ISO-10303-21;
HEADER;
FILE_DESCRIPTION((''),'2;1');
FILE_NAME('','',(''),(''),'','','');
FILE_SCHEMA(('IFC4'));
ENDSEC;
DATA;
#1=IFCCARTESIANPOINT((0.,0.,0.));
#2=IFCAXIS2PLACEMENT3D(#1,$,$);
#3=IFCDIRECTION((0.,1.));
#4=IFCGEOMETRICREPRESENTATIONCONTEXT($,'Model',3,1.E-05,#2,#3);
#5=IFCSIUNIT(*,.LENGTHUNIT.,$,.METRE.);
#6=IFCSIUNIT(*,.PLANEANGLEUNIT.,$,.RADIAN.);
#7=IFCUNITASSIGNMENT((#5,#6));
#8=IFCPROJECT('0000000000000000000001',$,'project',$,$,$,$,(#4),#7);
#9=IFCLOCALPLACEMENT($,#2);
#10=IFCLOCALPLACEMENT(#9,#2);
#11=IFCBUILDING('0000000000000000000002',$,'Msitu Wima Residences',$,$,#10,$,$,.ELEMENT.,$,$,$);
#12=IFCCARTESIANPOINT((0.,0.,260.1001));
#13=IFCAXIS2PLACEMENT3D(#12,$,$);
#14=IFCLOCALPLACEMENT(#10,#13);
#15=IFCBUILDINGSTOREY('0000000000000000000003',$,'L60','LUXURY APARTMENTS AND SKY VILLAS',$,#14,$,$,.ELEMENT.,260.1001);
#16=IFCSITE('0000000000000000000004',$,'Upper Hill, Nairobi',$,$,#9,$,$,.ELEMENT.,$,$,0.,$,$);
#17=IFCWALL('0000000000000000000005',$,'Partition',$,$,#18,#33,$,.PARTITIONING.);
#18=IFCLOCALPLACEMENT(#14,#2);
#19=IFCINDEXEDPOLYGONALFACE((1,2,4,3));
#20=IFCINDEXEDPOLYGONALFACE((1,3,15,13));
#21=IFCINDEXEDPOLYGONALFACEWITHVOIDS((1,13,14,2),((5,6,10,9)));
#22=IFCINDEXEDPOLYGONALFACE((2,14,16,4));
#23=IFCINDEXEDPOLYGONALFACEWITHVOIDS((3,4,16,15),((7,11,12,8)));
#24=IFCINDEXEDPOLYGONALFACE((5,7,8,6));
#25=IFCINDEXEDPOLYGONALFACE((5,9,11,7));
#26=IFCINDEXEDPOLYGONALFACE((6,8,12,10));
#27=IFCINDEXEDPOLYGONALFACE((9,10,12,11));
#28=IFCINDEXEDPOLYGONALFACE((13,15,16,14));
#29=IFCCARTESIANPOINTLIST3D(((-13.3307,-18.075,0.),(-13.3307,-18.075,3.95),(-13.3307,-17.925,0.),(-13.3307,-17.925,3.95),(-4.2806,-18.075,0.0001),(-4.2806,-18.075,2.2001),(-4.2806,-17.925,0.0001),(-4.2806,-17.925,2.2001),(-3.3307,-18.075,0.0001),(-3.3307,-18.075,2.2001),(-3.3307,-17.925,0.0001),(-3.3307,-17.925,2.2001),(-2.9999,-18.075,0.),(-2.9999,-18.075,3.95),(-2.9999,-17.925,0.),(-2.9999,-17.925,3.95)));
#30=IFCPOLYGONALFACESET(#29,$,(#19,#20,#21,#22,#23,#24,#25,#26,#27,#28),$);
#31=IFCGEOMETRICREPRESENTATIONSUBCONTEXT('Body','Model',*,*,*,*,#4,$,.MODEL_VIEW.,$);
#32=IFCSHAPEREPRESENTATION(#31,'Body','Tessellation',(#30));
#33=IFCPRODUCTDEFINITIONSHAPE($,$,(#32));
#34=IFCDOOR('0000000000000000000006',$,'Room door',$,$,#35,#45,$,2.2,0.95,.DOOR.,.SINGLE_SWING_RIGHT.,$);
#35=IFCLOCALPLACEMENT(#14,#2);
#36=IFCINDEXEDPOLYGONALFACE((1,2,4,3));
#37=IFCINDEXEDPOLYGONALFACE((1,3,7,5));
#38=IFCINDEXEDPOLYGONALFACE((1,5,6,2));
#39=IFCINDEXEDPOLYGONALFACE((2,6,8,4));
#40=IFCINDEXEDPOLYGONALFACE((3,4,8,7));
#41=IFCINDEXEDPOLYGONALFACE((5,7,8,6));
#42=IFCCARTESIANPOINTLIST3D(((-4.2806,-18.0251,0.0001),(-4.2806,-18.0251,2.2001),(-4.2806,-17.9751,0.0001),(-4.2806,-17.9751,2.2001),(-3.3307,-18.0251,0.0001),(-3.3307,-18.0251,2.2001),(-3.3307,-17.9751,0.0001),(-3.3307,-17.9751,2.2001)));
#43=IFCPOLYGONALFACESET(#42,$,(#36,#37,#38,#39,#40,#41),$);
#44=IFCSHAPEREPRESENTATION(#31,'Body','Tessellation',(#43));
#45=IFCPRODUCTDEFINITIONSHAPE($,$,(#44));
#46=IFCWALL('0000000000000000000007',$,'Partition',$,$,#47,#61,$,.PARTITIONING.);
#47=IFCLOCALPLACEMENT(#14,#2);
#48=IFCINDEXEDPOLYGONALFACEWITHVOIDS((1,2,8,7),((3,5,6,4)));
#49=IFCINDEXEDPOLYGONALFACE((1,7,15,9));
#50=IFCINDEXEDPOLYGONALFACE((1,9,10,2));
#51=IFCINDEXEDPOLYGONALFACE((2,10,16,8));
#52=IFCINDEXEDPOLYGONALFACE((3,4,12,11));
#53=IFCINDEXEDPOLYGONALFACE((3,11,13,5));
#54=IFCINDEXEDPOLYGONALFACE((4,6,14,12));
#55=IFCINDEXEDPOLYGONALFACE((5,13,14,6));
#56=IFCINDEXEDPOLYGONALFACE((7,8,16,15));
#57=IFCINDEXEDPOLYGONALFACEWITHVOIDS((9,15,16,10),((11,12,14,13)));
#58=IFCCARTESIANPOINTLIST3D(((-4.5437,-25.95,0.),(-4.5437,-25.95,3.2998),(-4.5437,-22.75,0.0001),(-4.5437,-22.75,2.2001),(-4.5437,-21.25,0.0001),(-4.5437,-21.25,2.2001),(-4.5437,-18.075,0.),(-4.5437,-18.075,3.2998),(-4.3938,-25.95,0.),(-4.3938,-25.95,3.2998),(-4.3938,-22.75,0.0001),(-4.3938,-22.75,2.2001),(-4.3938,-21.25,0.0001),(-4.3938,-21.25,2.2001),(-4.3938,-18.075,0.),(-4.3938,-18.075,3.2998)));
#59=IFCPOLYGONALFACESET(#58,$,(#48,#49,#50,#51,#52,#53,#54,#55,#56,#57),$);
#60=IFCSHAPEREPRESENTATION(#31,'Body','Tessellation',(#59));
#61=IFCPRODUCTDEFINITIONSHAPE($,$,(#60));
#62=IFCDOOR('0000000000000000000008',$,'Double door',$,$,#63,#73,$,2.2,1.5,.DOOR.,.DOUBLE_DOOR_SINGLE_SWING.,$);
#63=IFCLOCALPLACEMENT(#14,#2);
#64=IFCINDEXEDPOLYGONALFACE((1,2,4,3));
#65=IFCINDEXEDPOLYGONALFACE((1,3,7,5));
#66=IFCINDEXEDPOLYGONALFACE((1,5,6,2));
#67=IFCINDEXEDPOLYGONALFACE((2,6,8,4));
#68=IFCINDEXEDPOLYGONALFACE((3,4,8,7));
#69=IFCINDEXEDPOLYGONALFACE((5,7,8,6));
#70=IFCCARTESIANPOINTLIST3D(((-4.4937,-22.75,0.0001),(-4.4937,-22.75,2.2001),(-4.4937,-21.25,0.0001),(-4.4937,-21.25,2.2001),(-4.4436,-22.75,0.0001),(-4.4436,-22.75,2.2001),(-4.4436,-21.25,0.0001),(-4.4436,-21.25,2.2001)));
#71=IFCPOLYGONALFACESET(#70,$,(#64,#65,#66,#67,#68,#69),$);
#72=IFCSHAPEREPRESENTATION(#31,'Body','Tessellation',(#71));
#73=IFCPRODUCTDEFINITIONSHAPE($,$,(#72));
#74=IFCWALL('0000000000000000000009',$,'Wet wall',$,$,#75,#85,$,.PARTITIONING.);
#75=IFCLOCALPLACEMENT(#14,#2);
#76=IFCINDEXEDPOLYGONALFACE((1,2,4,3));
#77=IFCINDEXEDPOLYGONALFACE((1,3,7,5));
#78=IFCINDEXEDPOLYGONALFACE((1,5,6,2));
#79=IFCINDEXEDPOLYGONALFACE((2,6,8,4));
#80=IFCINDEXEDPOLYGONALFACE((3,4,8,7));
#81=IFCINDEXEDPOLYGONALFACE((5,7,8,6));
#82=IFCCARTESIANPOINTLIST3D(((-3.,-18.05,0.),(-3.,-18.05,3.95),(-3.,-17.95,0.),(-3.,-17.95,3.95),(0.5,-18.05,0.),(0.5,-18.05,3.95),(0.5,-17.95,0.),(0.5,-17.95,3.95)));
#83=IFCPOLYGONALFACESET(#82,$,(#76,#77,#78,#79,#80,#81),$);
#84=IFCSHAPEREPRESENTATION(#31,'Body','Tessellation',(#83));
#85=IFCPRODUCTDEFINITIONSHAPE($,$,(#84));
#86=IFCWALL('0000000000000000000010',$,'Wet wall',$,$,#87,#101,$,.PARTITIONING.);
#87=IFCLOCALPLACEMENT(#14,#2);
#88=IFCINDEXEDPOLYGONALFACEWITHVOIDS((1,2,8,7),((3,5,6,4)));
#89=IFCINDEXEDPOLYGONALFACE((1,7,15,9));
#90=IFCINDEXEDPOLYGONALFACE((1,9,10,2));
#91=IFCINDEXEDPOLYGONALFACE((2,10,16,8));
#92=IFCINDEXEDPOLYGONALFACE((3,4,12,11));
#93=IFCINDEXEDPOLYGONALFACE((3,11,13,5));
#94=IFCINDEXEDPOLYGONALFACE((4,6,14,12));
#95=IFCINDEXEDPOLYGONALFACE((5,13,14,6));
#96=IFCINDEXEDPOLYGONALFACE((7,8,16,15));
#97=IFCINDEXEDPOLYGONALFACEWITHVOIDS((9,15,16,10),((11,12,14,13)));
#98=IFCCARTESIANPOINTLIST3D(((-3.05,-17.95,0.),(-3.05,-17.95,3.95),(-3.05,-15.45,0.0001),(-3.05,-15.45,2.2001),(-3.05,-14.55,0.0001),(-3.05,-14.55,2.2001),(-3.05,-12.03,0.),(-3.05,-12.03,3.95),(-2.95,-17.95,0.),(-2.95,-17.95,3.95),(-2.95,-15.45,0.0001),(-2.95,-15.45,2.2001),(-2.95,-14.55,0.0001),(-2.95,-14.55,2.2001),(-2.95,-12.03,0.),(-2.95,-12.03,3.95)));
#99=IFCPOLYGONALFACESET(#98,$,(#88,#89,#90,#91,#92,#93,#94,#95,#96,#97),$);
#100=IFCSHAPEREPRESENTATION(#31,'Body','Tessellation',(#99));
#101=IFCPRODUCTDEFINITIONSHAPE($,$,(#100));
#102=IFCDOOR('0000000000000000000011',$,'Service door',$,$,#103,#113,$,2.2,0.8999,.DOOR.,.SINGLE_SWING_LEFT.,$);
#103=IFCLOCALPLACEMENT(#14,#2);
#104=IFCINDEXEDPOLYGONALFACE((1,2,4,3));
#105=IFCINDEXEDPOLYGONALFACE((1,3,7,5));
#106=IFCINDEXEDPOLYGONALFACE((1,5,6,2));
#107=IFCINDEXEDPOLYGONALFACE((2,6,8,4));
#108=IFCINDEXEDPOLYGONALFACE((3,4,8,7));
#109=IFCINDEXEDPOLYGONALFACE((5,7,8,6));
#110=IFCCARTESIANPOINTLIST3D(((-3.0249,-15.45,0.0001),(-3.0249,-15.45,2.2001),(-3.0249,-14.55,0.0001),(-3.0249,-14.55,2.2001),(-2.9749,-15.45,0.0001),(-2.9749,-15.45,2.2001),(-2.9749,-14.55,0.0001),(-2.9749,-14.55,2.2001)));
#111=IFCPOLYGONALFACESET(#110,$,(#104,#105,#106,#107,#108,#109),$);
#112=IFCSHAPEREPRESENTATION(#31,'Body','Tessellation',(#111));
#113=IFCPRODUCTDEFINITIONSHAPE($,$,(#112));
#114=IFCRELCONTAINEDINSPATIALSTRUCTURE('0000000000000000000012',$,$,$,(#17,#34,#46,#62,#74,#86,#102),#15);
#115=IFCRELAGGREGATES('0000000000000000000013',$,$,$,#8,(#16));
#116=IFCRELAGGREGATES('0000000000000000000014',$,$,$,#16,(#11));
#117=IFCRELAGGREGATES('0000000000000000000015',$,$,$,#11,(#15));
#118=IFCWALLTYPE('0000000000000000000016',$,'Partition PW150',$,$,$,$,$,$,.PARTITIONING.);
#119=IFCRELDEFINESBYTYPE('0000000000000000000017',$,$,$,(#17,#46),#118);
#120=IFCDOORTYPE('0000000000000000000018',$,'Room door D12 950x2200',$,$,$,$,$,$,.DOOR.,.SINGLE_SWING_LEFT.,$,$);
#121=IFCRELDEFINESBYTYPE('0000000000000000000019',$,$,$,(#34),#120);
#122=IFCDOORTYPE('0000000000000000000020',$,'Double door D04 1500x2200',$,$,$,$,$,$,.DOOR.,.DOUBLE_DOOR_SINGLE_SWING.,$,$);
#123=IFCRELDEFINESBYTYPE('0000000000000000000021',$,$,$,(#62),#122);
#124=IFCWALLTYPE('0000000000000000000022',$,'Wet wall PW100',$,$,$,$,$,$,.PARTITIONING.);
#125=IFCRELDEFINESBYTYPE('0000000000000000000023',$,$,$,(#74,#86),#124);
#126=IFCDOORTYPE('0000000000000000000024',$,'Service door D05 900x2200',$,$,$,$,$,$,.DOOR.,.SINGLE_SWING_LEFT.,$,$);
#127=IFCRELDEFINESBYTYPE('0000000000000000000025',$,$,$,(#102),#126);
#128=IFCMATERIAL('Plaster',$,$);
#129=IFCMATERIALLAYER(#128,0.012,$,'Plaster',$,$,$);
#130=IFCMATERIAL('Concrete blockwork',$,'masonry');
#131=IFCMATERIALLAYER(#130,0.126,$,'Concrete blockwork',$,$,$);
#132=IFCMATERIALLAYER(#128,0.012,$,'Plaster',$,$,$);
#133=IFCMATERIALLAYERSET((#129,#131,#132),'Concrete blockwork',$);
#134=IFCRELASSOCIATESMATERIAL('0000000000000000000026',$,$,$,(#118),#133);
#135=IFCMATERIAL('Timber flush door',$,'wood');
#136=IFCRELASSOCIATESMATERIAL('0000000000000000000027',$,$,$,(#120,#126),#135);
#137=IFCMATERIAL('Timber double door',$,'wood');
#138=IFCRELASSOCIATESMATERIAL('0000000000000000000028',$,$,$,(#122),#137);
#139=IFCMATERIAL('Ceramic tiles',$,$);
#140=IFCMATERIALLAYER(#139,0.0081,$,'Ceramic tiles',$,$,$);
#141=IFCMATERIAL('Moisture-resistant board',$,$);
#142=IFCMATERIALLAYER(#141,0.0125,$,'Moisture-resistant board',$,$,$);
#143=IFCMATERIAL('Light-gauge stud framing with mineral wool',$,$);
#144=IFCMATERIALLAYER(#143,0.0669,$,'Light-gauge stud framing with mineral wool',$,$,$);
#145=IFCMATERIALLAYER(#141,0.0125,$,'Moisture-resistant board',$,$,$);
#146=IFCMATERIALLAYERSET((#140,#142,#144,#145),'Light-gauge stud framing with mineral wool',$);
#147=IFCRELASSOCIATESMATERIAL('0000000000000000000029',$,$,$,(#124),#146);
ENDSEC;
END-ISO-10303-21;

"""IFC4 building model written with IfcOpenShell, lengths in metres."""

from ifc_helpers import new_model, si_unit, direction, frame, frame_2d, origin, place, context, subcontext, project, spatial, rectangle, extrude, material, layer, layer_set, type_object, element, fill, save


model = new_model("IFC4")

# Units and contexts
model_context = context("Model", 3, precision=1e-05, world=origin(), true_north=direction((0.0, 1.0)))
body_context = subcontext(model_context, "Body", "Model", "MODEL_VIEW")
ifc_project = project(units=[si_unit("LENGTHUNIT", "METRE"), si_unit("PLANEANGLEUNIT", "RADIAN")], contexts=[model_context])

# Site, building, storey
site_placement = place(None, origin())
site = spatial("IfcSite", under=ifc_project, at=site_placement, Name="Upper Hill, Nairobi", CompositionType="ELEMENT", RefElevation=0.0)
building_placement = place(site_placement, origin())
building = spatial("IfcBuilding", under=site, at=building_placement, Name="Msitu Wima Residences", CompositionType="ELEMENT")
storey_placement = place(building_placement, frame((0.0, 0.0, 260.1001)))
storey = spatial("IfcBuildingStorey", under=building, at=storey_placement, Name="L60", Description="LUXURY APARTMENTS AND SKY VILLAS", CompositionType="ELEMENT", Elevation=260.1001)

# Shared definitions
ifc_material_1 = material(Name="Plaster")
ifc_layer_1 = layer(ifc_material_1, 0.012, Name="Plaster")
ifc_material_2 = material(Name="Concrete blockwork", Category="masonry")
ifc_layer_2 = layer(ifc_material_2, 0.126, Name="Concrete blockwork")
ifc_layer_3 = layer(ifc_material_1, 0.012, Name="Plaster")
ifc_layer_set_1 = layer_set([ifc_layer_1, ifc_layer_2, ifc_layer_3], Name="Concrete blockwork")
wall_type_1 = type_object("IfcWallType", Name="Partition PW150", PredefinedType="PARTITIONING", material=ifc_layer_set_1)
ifc_material_3 = material(Name="Timber flush door", Category="wood")
door_type_1 = type_object("IfcDoorType", Name="Room door D12 950x2200", OperationType="SINGLE_SWING_LEFT", PredefinedType="DOOR", material=ifc_material_3)

# Walls, openings, doors
wall_1_placement = place(storey_placement, frame((-13.3308, -18.0, 0.0), z_axis=(0.0, 0.0, 1.0), x_axis=(1.0, 0.0, 0.0)))
wall_1 = element("IfcWall", 1, at=wall_1_placement, inside=storey, type_object=wall_type_1, Name="Partition", PredefinedType="PARTITIONING", context=body_context, shape_type="SweptSolid", body=[
    extrude(rectangle(XDim=10.3308, YDim=0.1499, at=frame_2d((5.1655, 0.0))), origin(), (0.0, 0.0, 1.0), 3.95),
])
opening_1_placement = place(wall_1_placement, frame((9.05, 0.0, 0.0)))
opening_1 = element("IfcOpeningElement", 2, at=opening_1_placement, cuts=wall_1, PredefinedType="OPENING", context=body_context, shape_type="SweptSolid", body=[
    extrude(rectangle(XDim=0.95, YDim=2.2, at=frame_2d((0.4751, 1.1001))), frame((0.0, 0.085, 0.0), z_axis=(0.0, -1.0, 0.0), x_axis=(1.0, 0.0, 0.0)), (0.0, 0.0, 1.0), 0.1699),
])
door_1_placement = place(opening_1_placement, origin())
door_1 = element("IfcDoor", 3, at=door_1_placement, inside=storey, type_object=door_type_1, Name="Room door", OperationType="SINGLE_SWING_RIGHT", OverallHeight=2.2, OverallWidth=0.95, PredefinedType="DOOR", context=body_context, shape_type="SweptSolid", body=[
    extrude(rectangle(XDim=0.95, YDim=2.2, at=frame_2d((0.4751, 1.1001))), frame((0.0, 0.0249, 0.0), z_axis=(0.0, -1.0, 0.0), x_axis=(1.0, 0.0, 0.0)), (0.0, 0.0, 1.0), 0.05),
])
fill(opening_1, door_1)
wall_2_placement = place(storey_placement, frame((-4.4688, -25.95, 0.0), z_axis=(0.0, 0.0, 1.0), x_axis=(0.0, 1.0, 0.0)))
wall_2 = element("IfcWall", 4, at=wall_2_placement, inside=storey, type_object=wall_type_1, Name="Partition", PredefinedType="PARTITIONING", context=body_context, shape_type="SweptSolid", body=[
    extrude(rectangle(XDim=7.875, YDim=0.1499, at=frame_2d((3.9375, 0.0))), origin(), (0.0, 0.0, 1.0), 3.2998),
])
opening_2_placement = place(wall_2_placement, frame((3.2, 0.0, 0.0)))
opening_2 = element("IfcOpeningElement", 5, at=opening_2_placement, cuts=wall_2, PredefinedType="OPENING", context=body_context, shape_type="SweptSolid", body=[
    extrude(rectangle(XDim=1.5, YDim=2.2, at=frame_2d((0.75, 1.1001))), frame((0.0, 0.085, 0.0), z_axis=(0.0, -1.0, 0.0), x_axis=(1.0, 0.0, 0.0)), (0.0, 0.0, 1.0), 0.1699),
])
ifc_material_4 = material(Name="Timber double door", Category="wood")
door_type_2 = type_object("IfcDoorType", Name="Double door D04 1500x2200", OperationType="DOUBLE_DOOR_SINGLE_SWING", PredefinedType="DOOR", material=ifc_material_4)
door_2_placement = place(opening_2_placement, origin())
door_2 = element("IfcDoor", 6, at=door_2_placement, inside=storey, type_object=door_type_2, Name="Double door", OperationType="DOUBLE_DOOR_SINGLE_SWING", OverallHeight=2.2, OverallWidth=1.5, PredefinedType="DOOR", context=body_context, shape_type="SweptSolid", body=[
    extrude(rectangle(XDim=1.5, YDim=2.2, at=frame_2d((0.75, 1.1001))), frame((0.0, 0.0249, 0.0), z_axis=(0.0, -1.0, 0.0), x_axis=(1.0, 0.0, 0.0)), (0.0, 0.0, 1.0), 0.05),
])
fill(opening_2, door_2)

# Wall
ifc_material_5 = material(Name="Ceramic tiles")
ifc_layer_4 = layer(ifc_material_5, 0.0081, Name="Ceramic tiles")
ifc_material_6 = material(Name="Moisture-resistant board")
ifc_layer_5 = layer(ifc_material_6, 0.0125, Name="Moisture-resistant board")
ifc_material_7 = material(Name="Light-gauge stud framing with mineral wool")
ifc_layer_6 = layer(ifc_material_7, 0.0669, Name="Light-gauge stud framing with mineral wool")
ifc_layer_7 = layer(ifc_material_6, 0.0125, Name="Moisture-resistant board")
ifc_layer_set_2 = layer_set([ifc_layer_4, ifc_layer_5, ifc_layer_6, ifc_layer_7], Name="Light-gauge stud framing with mineral wool")
wall_type_2 = type_object("IfcWallType", Name="Wet wall PW100", PredefinedType="PARTITIONING", material=ifc_layer_set_2)
wall_3_placement = place(storey_placement, frame((-3.0, -18.0, 0.0), z_axis=(0.0, 0.0, 1.0), x_axis=(1.0, 0.0, 0.0)))
element("IfcWall", 7, at=wall_3_placement, inside=storey, type_object=wall_type_2, Name="Wet wall", PredefinedType="PARTITIONING", context=body_context, shape_type="SweptSolid", body=[
    extrude(rectangle(XDim=3.5, YDim=0.1001, at=frame_2d((1.75, 0.0))), origin(), (0.0, 0.0, 1.0), 3.95),
])

# Wall, opening, door
wall_4_placement = place(storey_placement, frame((-3.0, -17.95, 0.0), z_axis=(0.0, 0.0, 1.0), x_axis=(0.0, 1.0, 0.0)))
wall_4 = element("IfcWall", 8, at=wall_4_placement, inside=storey, type_object=wall_type_2, Name="Wet wall", PredefinedType="PARTITIONING", context=body_context, shape_type="SweptSolid", body=[
    extrude(rectangle(XDim=5.9199, YDim=0.1001, at=frame_2d((2.96, 0.0))), origin(), (0.0, 0.0, 1.0), 3.95),
])
opening_3_placement = place(wall_4_placement, frame((2.5, 0.0, 0.0)))
opening_3 = element("IfcOpeningElement", 9, at=opening_3_placement, cuts=wall_4, PredefinedType="OPENING", context=body_context, shape_type="SweptSolid", body=[
    extrude(rectangle(XDim=0.8999, YDim=2.2, at=frame_2d((0.45, 1.1001))), frame((0.0, 0.0601, 0.0), z_axis=(0.0, -1.0, 0.0), x_axis=(1.0, 0.0, 0.0)), (0.0, 0.0, 1.0), 0.1201),
])
door_type_3 = type_object("IfcDoorType", Name="Service door D05 900x2200", OperationType="SINGLE_SWING_LEFT", PredefinedType="DOOR", material=ifc_material_3)
door_3_placement = place(opening_3_placement, origin())
door_3 = element("IfcDoor", 10, at=door_3_placement, inside=storey, type_object=door_type_3, Name="Service door", OperationType="SINGLE_SWING_LEFT", OverallHeight=2.2, OverallWidth=0.8999, PredefinedType="DOOR", context=body_context, shape_type="SweptSolid", body=[
    extrude(rectangle(XDim=0.8999, YDim=2.2, at=frame_2d((0.45, 1.1001))), frame((0.0, 0.0249, 0.0), z_axis=(0.0, -1.0, 0.0), x_axis=(1.0, 0.0, 0.0)), (0.0, 0.0, 1.0), 0.05),
])
fill(opening_3, door_3)

save(model, "model.ifc")
